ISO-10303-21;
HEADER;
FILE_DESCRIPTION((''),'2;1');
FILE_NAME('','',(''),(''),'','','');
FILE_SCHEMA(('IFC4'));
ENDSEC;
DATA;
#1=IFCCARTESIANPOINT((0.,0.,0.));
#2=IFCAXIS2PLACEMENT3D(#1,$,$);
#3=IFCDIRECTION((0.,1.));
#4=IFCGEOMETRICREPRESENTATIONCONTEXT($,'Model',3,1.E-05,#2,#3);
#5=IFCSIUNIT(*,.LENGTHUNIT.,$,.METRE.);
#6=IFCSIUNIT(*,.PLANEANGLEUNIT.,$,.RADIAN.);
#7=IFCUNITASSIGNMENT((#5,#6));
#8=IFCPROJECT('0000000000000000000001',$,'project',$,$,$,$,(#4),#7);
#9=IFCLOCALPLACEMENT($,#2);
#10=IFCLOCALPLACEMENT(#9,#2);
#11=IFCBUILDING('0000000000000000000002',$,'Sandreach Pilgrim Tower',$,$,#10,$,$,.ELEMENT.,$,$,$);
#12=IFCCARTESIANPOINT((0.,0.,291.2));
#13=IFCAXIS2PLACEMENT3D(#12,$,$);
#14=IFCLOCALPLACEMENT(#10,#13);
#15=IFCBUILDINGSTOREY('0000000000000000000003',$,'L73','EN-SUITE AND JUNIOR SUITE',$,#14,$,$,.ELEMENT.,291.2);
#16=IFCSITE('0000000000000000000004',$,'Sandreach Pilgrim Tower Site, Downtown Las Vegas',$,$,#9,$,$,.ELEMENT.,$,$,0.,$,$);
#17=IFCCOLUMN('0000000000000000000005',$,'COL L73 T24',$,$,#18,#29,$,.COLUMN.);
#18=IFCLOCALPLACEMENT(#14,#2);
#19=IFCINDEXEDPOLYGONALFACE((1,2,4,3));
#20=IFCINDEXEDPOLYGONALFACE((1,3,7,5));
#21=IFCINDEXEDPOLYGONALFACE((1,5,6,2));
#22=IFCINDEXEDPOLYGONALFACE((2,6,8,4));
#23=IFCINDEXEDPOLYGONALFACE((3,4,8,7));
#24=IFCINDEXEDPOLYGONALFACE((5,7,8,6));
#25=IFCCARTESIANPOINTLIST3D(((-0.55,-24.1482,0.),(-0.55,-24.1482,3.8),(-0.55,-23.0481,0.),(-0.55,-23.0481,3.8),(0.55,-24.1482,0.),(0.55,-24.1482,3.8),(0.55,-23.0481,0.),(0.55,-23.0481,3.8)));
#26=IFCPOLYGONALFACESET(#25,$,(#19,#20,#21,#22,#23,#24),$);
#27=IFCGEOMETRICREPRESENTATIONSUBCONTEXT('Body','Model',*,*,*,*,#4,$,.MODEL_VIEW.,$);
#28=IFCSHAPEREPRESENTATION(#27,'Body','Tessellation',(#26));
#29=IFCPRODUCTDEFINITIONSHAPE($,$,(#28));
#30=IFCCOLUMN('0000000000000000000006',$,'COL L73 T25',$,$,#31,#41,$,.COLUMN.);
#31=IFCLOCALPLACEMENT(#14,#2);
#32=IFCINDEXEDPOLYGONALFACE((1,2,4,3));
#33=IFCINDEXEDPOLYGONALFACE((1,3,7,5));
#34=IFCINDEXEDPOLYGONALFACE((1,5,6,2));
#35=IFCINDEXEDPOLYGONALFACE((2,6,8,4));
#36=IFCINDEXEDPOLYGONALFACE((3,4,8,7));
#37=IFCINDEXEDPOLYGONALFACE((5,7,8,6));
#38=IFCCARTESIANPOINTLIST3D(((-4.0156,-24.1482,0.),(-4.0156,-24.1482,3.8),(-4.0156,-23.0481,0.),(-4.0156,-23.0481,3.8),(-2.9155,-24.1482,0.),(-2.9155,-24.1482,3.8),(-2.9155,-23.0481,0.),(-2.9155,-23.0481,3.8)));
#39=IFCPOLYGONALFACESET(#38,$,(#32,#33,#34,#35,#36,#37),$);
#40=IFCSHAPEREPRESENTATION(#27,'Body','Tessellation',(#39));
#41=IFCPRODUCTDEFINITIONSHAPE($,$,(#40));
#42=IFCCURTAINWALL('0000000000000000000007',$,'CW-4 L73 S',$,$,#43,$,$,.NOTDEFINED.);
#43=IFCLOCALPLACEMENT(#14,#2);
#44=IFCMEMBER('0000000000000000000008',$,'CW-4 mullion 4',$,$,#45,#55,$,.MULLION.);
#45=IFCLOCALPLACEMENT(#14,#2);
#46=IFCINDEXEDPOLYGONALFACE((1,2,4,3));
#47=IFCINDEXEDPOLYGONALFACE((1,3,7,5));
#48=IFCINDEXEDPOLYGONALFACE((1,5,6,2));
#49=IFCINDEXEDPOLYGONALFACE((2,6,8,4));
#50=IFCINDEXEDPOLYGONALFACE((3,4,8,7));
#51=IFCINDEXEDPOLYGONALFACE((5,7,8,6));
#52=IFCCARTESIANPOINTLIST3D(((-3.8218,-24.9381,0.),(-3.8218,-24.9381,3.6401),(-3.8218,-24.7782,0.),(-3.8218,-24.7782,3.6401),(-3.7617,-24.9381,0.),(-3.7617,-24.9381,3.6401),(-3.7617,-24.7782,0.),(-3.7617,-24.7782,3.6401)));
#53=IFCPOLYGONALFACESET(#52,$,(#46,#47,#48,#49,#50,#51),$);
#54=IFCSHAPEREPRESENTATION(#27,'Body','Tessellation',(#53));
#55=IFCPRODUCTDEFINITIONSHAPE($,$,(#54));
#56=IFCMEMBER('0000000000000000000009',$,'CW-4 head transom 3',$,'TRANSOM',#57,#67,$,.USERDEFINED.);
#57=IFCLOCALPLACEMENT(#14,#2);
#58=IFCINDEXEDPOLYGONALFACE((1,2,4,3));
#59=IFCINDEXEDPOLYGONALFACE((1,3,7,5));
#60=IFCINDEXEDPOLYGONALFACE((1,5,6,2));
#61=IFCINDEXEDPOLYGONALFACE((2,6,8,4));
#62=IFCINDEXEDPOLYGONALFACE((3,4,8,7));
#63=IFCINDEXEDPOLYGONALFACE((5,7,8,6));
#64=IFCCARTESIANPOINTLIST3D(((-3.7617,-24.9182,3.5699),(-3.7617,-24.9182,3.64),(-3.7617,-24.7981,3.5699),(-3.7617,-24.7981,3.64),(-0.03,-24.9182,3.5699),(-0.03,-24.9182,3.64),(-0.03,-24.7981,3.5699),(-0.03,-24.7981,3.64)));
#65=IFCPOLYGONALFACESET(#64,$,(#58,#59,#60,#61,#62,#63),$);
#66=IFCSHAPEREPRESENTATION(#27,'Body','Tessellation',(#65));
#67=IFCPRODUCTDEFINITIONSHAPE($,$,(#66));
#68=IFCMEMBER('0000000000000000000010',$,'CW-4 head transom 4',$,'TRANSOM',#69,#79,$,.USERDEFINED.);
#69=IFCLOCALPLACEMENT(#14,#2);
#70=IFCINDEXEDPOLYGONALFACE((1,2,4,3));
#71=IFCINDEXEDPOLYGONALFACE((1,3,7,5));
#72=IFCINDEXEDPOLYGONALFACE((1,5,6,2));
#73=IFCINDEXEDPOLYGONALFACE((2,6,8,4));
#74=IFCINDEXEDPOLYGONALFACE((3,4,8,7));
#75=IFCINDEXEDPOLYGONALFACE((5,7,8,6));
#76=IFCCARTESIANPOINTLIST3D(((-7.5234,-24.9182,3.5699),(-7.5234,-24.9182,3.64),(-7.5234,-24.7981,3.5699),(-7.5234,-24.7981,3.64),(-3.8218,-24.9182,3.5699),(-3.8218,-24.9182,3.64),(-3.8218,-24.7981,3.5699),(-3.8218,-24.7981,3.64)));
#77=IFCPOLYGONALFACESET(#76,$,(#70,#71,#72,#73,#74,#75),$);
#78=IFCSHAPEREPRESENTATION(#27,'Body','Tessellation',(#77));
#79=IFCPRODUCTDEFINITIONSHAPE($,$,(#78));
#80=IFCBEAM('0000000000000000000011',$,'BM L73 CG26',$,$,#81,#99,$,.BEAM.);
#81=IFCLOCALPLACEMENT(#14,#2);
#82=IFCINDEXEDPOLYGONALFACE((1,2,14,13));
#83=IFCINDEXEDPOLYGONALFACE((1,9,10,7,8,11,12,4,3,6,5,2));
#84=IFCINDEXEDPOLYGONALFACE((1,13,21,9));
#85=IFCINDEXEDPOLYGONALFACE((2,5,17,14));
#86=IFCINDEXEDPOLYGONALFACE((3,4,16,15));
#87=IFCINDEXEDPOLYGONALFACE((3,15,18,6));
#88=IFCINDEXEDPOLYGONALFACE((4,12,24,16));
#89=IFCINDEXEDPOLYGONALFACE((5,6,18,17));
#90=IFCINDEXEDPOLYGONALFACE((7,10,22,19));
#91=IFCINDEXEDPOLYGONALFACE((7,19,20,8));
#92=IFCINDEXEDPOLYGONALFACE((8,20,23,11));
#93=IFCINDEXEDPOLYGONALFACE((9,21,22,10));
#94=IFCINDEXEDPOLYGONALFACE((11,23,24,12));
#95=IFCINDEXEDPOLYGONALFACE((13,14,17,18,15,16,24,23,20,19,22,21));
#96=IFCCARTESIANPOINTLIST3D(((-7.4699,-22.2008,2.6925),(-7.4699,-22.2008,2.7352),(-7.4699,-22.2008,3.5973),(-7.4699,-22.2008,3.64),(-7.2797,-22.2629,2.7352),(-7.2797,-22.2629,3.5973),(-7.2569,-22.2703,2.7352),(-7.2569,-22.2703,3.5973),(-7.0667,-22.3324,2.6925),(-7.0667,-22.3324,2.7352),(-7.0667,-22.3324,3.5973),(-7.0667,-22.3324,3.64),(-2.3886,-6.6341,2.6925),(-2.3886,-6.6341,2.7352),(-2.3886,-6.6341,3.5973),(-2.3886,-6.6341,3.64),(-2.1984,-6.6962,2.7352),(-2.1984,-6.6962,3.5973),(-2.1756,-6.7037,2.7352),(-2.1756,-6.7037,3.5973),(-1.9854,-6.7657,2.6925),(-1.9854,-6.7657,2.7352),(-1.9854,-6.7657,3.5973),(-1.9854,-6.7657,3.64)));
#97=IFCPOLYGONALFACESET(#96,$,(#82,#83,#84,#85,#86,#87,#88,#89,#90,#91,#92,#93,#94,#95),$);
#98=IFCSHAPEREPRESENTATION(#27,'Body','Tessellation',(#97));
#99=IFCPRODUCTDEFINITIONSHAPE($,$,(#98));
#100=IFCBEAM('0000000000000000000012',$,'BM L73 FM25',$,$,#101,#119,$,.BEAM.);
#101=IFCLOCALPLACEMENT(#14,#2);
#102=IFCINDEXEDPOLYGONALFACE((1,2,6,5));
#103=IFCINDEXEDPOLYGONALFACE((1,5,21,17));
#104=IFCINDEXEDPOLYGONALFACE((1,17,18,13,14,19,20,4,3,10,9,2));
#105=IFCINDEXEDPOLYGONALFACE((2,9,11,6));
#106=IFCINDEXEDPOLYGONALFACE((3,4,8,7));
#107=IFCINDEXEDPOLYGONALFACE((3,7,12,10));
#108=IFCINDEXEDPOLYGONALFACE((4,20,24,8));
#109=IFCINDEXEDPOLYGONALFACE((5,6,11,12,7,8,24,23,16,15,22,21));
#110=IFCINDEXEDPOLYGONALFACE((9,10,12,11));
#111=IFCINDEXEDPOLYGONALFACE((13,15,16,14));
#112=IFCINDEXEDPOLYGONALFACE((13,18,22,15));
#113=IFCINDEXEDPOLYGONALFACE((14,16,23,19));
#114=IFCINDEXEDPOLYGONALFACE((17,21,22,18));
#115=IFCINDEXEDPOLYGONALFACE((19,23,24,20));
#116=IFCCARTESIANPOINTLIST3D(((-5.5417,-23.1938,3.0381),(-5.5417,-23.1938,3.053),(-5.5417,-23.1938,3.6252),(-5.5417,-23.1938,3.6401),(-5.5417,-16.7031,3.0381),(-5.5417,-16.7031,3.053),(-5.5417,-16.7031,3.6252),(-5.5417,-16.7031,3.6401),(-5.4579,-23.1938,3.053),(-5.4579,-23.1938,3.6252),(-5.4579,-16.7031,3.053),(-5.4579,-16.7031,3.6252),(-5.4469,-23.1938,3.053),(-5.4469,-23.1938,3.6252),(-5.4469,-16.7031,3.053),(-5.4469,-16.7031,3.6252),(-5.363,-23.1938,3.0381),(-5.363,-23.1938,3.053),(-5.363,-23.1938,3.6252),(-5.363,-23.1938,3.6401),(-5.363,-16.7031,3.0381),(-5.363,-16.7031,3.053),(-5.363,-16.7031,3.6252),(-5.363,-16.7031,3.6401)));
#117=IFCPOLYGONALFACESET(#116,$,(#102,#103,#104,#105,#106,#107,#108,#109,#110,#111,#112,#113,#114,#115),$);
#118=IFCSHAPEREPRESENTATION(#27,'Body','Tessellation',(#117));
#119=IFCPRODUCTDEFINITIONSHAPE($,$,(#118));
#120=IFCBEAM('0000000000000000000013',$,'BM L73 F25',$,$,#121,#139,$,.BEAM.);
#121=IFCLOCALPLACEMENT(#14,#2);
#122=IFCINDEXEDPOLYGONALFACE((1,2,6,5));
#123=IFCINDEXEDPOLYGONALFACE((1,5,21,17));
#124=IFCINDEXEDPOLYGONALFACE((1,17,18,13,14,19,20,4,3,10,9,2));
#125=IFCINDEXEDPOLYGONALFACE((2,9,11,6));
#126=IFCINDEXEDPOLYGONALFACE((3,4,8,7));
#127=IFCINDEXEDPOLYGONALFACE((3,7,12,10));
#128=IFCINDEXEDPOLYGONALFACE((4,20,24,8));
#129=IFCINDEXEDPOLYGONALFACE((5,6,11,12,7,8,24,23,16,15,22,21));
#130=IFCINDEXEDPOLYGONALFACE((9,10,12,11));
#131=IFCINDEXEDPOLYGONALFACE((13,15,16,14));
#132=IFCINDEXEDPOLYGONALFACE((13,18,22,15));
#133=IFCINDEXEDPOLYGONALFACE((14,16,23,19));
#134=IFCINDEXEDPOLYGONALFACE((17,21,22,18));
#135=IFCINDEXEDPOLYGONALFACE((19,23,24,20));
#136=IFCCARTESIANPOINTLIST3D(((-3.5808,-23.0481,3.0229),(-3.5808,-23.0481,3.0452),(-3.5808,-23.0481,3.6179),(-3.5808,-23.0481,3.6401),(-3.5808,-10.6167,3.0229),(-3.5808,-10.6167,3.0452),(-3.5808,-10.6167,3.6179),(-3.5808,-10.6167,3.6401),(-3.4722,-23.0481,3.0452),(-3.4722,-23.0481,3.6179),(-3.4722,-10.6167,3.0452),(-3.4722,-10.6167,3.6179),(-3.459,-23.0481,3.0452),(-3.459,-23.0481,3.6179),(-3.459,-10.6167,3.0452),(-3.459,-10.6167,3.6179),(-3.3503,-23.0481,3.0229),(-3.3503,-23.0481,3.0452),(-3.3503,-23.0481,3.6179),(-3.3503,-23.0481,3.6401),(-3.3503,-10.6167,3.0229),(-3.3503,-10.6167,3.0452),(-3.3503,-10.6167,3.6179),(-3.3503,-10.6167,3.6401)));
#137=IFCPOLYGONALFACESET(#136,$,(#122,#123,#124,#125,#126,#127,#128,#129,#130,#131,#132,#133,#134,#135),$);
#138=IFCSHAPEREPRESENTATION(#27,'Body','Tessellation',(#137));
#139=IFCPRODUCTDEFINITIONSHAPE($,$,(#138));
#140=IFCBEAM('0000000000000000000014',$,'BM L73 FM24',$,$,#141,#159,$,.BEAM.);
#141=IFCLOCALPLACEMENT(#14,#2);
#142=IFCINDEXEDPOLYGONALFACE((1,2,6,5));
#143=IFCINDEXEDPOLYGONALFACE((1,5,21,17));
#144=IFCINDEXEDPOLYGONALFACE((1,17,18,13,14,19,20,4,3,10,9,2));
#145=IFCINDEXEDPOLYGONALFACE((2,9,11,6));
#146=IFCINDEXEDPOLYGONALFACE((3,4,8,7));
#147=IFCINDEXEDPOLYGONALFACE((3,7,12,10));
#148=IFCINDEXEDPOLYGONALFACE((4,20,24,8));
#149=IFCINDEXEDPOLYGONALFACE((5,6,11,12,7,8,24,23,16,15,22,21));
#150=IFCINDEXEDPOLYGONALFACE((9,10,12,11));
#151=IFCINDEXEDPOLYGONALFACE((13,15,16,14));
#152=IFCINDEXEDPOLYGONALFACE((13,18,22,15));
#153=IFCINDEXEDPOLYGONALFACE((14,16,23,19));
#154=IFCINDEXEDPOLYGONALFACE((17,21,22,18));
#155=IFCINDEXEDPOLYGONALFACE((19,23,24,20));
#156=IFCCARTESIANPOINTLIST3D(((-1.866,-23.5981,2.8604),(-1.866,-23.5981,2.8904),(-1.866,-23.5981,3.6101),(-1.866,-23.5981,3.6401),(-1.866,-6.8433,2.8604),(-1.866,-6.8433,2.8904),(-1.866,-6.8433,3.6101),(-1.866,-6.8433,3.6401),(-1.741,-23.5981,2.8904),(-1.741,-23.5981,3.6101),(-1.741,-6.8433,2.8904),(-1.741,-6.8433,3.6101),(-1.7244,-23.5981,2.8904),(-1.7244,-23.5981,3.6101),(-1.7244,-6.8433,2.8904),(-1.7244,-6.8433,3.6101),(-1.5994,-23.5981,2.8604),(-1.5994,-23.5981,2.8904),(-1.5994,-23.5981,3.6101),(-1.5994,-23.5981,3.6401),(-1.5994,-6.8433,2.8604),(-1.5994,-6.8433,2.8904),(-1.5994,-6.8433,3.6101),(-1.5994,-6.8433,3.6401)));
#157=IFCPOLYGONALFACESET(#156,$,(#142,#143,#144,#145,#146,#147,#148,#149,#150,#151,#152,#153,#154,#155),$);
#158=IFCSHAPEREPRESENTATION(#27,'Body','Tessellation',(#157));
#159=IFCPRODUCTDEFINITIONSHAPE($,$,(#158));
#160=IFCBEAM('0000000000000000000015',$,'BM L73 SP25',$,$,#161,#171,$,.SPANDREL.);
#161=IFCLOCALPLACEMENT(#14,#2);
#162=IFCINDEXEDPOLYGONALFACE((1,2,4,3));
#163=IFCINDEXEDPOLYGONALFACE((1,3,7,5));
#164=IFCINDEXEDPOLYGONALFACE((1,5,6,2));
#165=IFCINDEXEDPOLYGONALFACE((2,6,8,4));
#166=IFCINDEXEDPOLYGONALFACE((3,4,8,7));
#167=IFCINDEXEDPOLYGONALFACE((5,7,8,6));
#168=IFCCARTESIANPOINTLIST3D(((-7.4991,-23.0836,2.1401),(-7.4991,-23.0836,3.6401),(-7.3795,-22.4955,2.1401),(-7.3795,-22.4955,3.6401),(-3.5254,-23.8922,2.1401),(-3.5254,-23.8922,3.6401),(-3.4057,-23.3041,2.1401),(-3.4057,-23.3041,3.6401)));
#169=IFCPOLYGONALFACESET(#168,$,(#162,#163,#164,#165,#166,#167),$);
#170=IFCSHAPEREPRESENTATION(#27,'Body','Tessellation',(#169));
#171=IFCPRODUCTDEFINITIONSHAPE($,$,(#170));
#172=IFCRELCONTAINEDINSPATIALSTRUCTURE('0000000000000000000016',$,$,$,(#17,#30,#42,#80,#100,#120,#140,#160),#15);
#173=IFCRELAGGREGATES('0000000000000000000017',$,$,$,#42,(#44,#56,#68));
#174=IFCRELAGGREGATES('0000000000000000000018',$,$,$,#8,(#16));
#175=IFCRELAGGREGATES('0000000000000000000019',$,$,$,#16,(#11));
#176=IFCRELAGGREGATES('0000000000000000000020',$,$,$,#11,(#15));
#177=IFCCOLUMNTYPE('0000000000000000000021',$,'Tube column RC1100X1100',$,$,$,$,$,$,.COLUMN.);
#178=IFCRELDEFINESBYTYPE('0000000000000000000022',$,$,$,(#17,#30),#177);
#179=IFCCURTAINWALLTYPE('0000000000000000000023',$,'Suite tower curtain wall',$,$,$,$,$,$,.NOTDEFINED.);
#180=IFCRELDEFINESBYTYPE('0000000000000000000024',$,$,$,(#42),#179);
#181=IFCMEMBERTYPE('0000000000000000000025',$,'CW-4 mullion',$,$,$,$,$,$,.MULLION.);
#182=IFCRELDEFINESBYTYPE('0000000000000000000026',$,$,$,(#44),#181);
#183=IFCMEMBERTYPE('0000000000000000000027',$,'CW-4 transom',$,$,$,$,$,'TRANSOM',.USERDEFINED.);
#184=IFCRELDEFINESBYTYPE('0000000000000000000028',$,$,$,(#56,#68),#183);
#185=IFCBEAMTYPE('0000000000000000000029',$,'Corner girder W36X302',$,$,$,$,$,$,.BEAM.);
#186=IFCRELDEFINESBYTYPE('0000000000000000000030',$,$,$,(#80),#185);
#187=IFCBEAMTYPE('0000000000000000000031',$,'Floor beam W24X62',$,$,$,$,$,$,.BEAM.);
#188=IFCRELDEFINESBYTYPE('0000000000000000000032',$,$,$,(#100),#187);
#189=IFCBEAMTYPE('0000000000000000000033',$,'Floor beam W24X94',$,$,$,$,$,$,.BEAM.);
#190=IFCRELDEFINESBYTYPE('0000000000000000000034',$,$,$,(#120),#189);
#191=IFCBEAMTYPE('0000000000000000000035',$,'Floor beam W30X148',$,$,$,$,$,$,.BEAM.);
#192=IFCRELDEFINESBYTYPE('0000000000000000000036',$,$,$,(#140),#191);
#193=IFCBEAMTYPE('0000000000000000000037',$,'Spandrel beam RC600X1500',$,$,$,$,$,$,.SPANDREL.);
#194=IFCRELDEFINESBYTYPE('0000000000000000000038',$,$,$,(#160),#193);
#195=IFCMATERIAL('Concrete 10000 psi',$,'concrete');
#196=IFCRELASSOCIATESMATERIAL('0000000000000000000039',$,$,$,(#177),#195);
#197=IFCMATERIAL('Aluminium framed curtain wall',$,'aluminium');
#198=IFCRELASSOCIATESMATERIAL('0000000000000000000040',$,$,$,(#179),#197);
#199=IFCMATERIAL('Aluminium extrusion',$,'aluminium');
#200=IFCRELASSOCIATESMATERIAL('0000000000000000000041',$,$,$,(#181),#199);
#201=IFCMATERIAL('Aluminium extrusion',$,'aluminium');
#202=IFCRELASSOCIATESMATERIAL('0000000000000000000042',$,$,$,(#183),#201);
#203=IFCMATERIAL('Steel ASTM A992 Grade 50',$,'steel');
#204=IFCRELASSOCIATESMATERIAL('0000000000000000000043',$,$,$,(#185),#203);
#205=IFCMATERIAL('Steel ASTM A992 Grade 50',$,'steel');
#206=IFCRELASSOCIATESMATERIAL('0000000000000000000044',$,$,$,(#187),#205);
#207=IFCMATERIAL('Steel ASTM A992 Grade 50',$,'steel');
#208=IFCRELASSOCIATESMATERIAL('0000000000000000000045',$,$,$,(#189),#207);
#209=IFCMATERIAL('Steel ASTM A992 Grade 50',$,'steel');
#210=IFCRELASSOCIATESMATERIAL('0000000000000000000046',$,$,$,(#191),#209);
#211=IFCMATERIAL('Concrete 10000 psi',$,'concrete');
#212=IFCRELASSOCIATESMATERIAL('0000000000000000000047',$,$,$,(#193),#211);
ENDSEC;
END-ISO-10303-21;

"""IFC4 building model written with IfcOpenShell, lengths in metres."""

from ifc_helpers import new_model, si_unit, direction, frame, origin, origin_2d, place, context, subcontext, project, spatial, rectangle, i_section, extrude, material, material_profile, profile_set, type_object, element, aggregate, save


model = new_model("IFC4")

# Units and contexts
model_context = context("Model", 3, precision=1e-05, world=origin(), true_north=direction((0.0, 1.0)))
body_context = subcontext(model_context, "Body", "Model", "MODEL_VIEW")
ifc_project = project(units=[si_unit("LENGTHUNIT", "METRE"), si_unit("PLANEANGLEUNIT", "RADIAN")], contexts=[model_context])

# Site, building, storey
site_placement = place(None, origin())
site = spatial("IfcSite", under=ifc_project, at=site_placement, Name="Sandreach Pilgrim Tower Site, Downtown Las Vegas", CompositionType="ELEMENT", RefElevation=0.0)
building_placement = place(site_placement, origin())
building = spatial("IfcBuilding", under=site, at=building_placement, Name="Sandreach Pilgrim Tower", CompositionType="ELEMENT")
storey_placement = place(building_placement, frame((0.0, 0.0, 291.2)))
storey = spatial("IfcBuildingStorey", under=building, at=storey_placement, Name="L73", Description="EN-SUITE AND JUNIOR SUITE", CompositionType="ELEMENT", Elevation=291.2)

# Columns
ifc_material_1 = material(Name="Concrete 10000 psi", Category="concrete")
ifc_material_profile_1 = material_profile(ifc_material_1, rectangle(XDim=1.1001, YDim=1.1001, at=origin_2d()), Name="RC1100X1100")
ifc_profile_set_1 = profile_set([ifc_material_profile_1], Name="Concrete 10000 psi")
column_type = type_object("IfcColumnType", Name="Tube column RC1100X1100", PredefinedType="COLUMN", material=ifc_profile_set_1)
for number, where, z_axis, x_axis, name in (
    (1, (0.0, -23.5981, 0.0), (0.0, 0.0, 1.0), (0.0, -1.0, 0.0), "COL L73 T24"),
    (2, (-3.4656, -23.5981, 0.0), (0.0, 0.0, 1.0), (0.0, -1.0, 0.0), "COL L73 T25"),
):
    element("IfcColumn", number, at=place(storey_placement, frame(where, z_axis=z_axis, x_axis=x_axis)), inside=storey, type_object=column_type, Name=name, PredefinedType="COLUMN", context=body_context, shape_type="SweptSolid", body=[
        extrude(rectangle(XDim=1.1001, YDim=1.1001, at=origin_2d()), origin(), (0.0, 0.0, 1.0), 3.8),
    ])

# Curtain wall, members
ifc_material_2 = material(Name="Aluminium framed curtain wall", Category="aluminium")
curtain_wall_type = type_object("IfcCurtainWallType", Name="Suite tower curtain wall", PredefinedType="NOTDEFINED", material=ifc_material_2)
curtain_wall_placement = place(storey_placement, origin())
curtain_wall = element("IfcCurtainWall", 3, at=curtain_wall_placement, inside=storey, type_object=curtain_wall_type, Name="CW-4 L73 S", PredefinedType="NOTDEFINED")
ifc_material_3 = material(Name="Aluminium extrusion", Category="aluminium")
ifc_material_profile_2 = material_profile(ifc_material_3, rectangle(XDim=0.0601, YDim=0.1599, at=origin_2d()), Name="CW-4M 60X160")
ifc_profile_set_2 = profile_set([ifc_material_profile_2], Name="Aluminium extrusion")
member_type_1 = type_object("IfcMemberType", Name="CW-4 mullion", PredefinedType="MULLION", material=ifc_profile_set_2)
member_1_placement = place(storey_placement, frame((-3.7917, -24.8582, 0.0), z_axis=(0.0, 0.0, 1.0), x_axis=(-1.0, 0.0, 0.0)))
member_1 = element("IfcMember", 4, at=member_1_placement, type_object=member_type_1, Name="CW-4 mullion 4", PredefinedType="MULLION", context=body_context, shape_type="SweptSolid", body=[
    extrude(rectangle(XDim=0.0601, YDim=0.1599, at=origin_2d()), origin(), (0.0, 0.0, 1.0), 3.6401),
])
ifc_material_4 = material(Name="Aluminium extrusion", Category="aluminium")
ifc_material_profile_3 = material_profile(ifc_material_4, rectangle(XDim=0.1201, YDim=0.0701, at=origin_2d()), Name="CW-4T 120X70")
ifc_profile_set_3 = profile_set([ifc_material_profile_3], Name="Aluminium extrusion")
member_type_2 = type_object("IfcMemberType", Name="CW-4 transom", ElementType="TRANSOM", PredefinedType="USERDEFINED", material=ifc_profile_set_3)
member_2_placement = place(storey_placement, frame((-0.03, -24.8582, 3.605), z_axis=(-1.0, 0.0, 0.0), x_axis=(0.0, -1.0, 0.0)))
member_2 = element("IfcMember", 5, at=member_2_placement, type_object=member_type_2, Name="CW-4 head transom 3", ObjectType="TRANSOM", PredefinedType="USERDEFINED", context=body_context, shape_type="SweptSolid", body=[
    extrude(rectangle(XDim=0.1201, YDim=0.0701, at=origin_2d()), origin(), (0.0, 0.0, 1.0), 3.7317),
])
member_3_placement = place(storey_placement, frame((-3.8218, -24.8582, 3.605), z_axis=(-1.0, 0.0, 0.0), x_axis=(0.0, -1.0, 0.0)))
member_3 = element("IfcMember", 6, at=member_3_placement, type_object=member_type_2, Name="CW-4 head transom 4", ObjectType="TRANSOM", PredefinedType="USERDEFINED", context=body_context, shape_type="SweptSolid", body=[
    extrude(rectangle(XDim=0.1201, YDim=0.0701, at=origin_2d()), origin(), (0.0, 0.0, 1.0), 3.7017),
])

# Beams
ifc_material_5 = material(Name="Steel ASTM A992 Grade 50", Category="steel")
ifc_material_profile_4 = material_profile(ifc_material_5, i_section(OverallWidth=0.4241, OverallDepth=0.9475, WebThickness=0.0239, FlangeThickness=0.0427, at=origin_2d()), Name="W36X302")
ifc_profile_set_4 = profile_set([ifc_material_profile_4], Name="Steel ASTM A992 Grade 50")
beam_type_1 = type_object("IfcBeamType", Name="Corner girder W36X302", PredefinedType="BEAM", material=ifc_profile_set_4)
beam_1_placement = place(storey_placement, frame((-7.2683, -22.2666, 3.1663), z_axis=(0.310309, 0.950636, 0.0), x_axis=(-0.950636, 0.310309, 0.0)))
element("IfcBeam", 7, at=beam_1_placement, inside=storey, type_object=beam_type_1, Name="BM L73 CG26", PredefinedType="BEAM", context=body_context, shape_type="SweptSolid", body=[
    extrude(i_section(OverallWidth=0.4241, OverallDepth=0.9475, WebThickness=0.0239, FlangeThickness=0.0427, at=origin_2d()), origin(), (0.0, 0.0, 1.0), 16.375),
])
ifc_material_6 = material(Name="Steel ASTM A992 Grade 50", Category="steel")
ifc_material_profile_5 = material_profile(ifc_material_6, i_section(OverallWidth=0.1787, OverallDepth=0.6021, WebThickness=0.011, FlangeThickness=0.0149, at=origin_2d()), Name="W24X62")
ifc_profile_set_5 = profile_set([ifc_material_profile_5], Name="Steel ASTM A992 Grade 50")
beam_type_2 = type_object("IfcBeamType", Name="Floor beam W24X62", PredefinedType="BEAM", material=ifc_profile_set_5)
beam_2_placement = place(storey_placement, frame((-5.4524, -23.1938, 3.3391), z_axis=(0.0, 1.0, 0.0), x_axis=(-1.0, 0.0, 0.0)))
element("IfcBeam", 8, at=beam_2_placement, inside=storey, type_object=beam_type_2, Name="BM L73 FM25", PredefinedType="BEAM", context=body_context, shape_type="SweptSolid", body=[
    extrude(i_section(OverallWidth=0.1787, OverallDepth=0.6021, WebThickness=0.011, FlangeThickness=0.0149, at=origin_2d()), origin(), (0.0, 0.0, 1.0), 6.4907),
])
ifc_material_7 = material(Name="Steel ASTM A992 Grade 50", Category="steel")
ifc_material_profile_6 = material_profile(ifc_material_7, i_section(OverallWidth=0.2305, OverallDepth=0.6172, WebThickness=0.0132, FlangeThickness=0.0222, at=origin_2d()), Name="W24X94")
ifc_profile_set_6 = profile_set([ifc_material_profile_6], Name="Steel ASTM A992 Grade 50")
beam_type_3 = type_object("IfcBeamType", Name="Floor beam W24X94", PredefinedType="BEAM", material=ifc_profile_set_6)
beam_3_placement = place(storey_placement, frame((-3.4656, -23.0481, 3.3315), z_axis=(0.0, 1.0, 0.0), x_axis=(-1.0, 0.0, 0.0)))
element("IfcBeam", 9, at=beam_3_placement, inside=storey, type_object=beam_type_3, Name="BM L73 F25", PredefinedType="BEAM", context=body_context, shape_type="SweptSolid", body=[
    extrude(i_section(OverallWidth=0.2305, OverallDepth=0.6172, WebThickness=0.0132, FlangeThickness=0.0222, at=origin_2d()), origin(), (0.0, 0.0, 1.0), 12.4314),
])
ifc_material_8 = material(Name="Steel ASTM A992 Grade 50", Category="steel")
ifc_material_profile_7 = material_profile(ifc_material_8, i_section(OverallWidth=0.2666, OverallDepth=0.7798, WebThickness=0.0166, FlangeThickness=0.03, at=origin_2d()), Name="W30X148")
ifc_profile_set_7 = profile_set([ifc_material_profile_7], Name="Steel ASTM A992 Grade 50")
beam_type_4 = type_object("IfcBeamType", Name="Floor beam W30X148", PredefinedType="BEAM", material=ifc_profile_set_7)
beam_4_placement = place(storey_placement, frame((-1.7327, -23.5981, 3.2502), z_axis=(0.0, 1.0, 0.0), x_axis=(-1.0, 0.0, 0.0)))
element("IfcBeam", 10, at=beam_4_placement, inside=storey, type_object=beam_type_4, Name="BM L73 FM24", PredefinedType="BEAM", context=body_context, shape_type="SweptSolid", body=[
    extrude(i_section(OverallWidth=0.2666, OverallDepth=0.7798, WebThickness=0.0166, FlangeThickness=0.03, at=origin_2d()), origin(), (0.0, 0.0, 1.0), 16.7549),
])
ifc_material_9 = material(Name="Concrete 10000 psi", Category="concrete")
ifc_material_profile_8 = material_profile(ifc_material_9, rectangle(XDim=0.6001, YDim=1.5, at=origin_2d()), Name="RC600X1500")
ifc_profile_set_8 = profile_set([ifc_material_profile_8], Name="Concrete 10000 psi")
beam_type_5 = type_object("IfcBeamType", Name="Spandrel beam RC600X1500", PredefinedType="SPANDREL", material=ifc_profile_set_8)
beam_5_placement = place(storey_placement, frame((-3.4656, -23.5981, 2.8901), z_axis=(-0.979918, 0.199403, 0.0), x_axis=(-0.199403, -0.979918, 0.0)))
element("IfcBeam", 11, at=beam_5_placement, inside=storey, type_object=beam_type_5, Name="BM L73 SP25", PredefinedType="SPANDREL", context=body_context, shape_type="SweptSolid", body=[
    extrude(rectangle(XDim=0.6001, YDim=1.5, at=origin_2d()), origin(), (0.0, 0.0, 1.0), 4.0552),
])

aggregate(curtain_wall, [member_1, member_2, member_3])

save(model, "model.ifc")
